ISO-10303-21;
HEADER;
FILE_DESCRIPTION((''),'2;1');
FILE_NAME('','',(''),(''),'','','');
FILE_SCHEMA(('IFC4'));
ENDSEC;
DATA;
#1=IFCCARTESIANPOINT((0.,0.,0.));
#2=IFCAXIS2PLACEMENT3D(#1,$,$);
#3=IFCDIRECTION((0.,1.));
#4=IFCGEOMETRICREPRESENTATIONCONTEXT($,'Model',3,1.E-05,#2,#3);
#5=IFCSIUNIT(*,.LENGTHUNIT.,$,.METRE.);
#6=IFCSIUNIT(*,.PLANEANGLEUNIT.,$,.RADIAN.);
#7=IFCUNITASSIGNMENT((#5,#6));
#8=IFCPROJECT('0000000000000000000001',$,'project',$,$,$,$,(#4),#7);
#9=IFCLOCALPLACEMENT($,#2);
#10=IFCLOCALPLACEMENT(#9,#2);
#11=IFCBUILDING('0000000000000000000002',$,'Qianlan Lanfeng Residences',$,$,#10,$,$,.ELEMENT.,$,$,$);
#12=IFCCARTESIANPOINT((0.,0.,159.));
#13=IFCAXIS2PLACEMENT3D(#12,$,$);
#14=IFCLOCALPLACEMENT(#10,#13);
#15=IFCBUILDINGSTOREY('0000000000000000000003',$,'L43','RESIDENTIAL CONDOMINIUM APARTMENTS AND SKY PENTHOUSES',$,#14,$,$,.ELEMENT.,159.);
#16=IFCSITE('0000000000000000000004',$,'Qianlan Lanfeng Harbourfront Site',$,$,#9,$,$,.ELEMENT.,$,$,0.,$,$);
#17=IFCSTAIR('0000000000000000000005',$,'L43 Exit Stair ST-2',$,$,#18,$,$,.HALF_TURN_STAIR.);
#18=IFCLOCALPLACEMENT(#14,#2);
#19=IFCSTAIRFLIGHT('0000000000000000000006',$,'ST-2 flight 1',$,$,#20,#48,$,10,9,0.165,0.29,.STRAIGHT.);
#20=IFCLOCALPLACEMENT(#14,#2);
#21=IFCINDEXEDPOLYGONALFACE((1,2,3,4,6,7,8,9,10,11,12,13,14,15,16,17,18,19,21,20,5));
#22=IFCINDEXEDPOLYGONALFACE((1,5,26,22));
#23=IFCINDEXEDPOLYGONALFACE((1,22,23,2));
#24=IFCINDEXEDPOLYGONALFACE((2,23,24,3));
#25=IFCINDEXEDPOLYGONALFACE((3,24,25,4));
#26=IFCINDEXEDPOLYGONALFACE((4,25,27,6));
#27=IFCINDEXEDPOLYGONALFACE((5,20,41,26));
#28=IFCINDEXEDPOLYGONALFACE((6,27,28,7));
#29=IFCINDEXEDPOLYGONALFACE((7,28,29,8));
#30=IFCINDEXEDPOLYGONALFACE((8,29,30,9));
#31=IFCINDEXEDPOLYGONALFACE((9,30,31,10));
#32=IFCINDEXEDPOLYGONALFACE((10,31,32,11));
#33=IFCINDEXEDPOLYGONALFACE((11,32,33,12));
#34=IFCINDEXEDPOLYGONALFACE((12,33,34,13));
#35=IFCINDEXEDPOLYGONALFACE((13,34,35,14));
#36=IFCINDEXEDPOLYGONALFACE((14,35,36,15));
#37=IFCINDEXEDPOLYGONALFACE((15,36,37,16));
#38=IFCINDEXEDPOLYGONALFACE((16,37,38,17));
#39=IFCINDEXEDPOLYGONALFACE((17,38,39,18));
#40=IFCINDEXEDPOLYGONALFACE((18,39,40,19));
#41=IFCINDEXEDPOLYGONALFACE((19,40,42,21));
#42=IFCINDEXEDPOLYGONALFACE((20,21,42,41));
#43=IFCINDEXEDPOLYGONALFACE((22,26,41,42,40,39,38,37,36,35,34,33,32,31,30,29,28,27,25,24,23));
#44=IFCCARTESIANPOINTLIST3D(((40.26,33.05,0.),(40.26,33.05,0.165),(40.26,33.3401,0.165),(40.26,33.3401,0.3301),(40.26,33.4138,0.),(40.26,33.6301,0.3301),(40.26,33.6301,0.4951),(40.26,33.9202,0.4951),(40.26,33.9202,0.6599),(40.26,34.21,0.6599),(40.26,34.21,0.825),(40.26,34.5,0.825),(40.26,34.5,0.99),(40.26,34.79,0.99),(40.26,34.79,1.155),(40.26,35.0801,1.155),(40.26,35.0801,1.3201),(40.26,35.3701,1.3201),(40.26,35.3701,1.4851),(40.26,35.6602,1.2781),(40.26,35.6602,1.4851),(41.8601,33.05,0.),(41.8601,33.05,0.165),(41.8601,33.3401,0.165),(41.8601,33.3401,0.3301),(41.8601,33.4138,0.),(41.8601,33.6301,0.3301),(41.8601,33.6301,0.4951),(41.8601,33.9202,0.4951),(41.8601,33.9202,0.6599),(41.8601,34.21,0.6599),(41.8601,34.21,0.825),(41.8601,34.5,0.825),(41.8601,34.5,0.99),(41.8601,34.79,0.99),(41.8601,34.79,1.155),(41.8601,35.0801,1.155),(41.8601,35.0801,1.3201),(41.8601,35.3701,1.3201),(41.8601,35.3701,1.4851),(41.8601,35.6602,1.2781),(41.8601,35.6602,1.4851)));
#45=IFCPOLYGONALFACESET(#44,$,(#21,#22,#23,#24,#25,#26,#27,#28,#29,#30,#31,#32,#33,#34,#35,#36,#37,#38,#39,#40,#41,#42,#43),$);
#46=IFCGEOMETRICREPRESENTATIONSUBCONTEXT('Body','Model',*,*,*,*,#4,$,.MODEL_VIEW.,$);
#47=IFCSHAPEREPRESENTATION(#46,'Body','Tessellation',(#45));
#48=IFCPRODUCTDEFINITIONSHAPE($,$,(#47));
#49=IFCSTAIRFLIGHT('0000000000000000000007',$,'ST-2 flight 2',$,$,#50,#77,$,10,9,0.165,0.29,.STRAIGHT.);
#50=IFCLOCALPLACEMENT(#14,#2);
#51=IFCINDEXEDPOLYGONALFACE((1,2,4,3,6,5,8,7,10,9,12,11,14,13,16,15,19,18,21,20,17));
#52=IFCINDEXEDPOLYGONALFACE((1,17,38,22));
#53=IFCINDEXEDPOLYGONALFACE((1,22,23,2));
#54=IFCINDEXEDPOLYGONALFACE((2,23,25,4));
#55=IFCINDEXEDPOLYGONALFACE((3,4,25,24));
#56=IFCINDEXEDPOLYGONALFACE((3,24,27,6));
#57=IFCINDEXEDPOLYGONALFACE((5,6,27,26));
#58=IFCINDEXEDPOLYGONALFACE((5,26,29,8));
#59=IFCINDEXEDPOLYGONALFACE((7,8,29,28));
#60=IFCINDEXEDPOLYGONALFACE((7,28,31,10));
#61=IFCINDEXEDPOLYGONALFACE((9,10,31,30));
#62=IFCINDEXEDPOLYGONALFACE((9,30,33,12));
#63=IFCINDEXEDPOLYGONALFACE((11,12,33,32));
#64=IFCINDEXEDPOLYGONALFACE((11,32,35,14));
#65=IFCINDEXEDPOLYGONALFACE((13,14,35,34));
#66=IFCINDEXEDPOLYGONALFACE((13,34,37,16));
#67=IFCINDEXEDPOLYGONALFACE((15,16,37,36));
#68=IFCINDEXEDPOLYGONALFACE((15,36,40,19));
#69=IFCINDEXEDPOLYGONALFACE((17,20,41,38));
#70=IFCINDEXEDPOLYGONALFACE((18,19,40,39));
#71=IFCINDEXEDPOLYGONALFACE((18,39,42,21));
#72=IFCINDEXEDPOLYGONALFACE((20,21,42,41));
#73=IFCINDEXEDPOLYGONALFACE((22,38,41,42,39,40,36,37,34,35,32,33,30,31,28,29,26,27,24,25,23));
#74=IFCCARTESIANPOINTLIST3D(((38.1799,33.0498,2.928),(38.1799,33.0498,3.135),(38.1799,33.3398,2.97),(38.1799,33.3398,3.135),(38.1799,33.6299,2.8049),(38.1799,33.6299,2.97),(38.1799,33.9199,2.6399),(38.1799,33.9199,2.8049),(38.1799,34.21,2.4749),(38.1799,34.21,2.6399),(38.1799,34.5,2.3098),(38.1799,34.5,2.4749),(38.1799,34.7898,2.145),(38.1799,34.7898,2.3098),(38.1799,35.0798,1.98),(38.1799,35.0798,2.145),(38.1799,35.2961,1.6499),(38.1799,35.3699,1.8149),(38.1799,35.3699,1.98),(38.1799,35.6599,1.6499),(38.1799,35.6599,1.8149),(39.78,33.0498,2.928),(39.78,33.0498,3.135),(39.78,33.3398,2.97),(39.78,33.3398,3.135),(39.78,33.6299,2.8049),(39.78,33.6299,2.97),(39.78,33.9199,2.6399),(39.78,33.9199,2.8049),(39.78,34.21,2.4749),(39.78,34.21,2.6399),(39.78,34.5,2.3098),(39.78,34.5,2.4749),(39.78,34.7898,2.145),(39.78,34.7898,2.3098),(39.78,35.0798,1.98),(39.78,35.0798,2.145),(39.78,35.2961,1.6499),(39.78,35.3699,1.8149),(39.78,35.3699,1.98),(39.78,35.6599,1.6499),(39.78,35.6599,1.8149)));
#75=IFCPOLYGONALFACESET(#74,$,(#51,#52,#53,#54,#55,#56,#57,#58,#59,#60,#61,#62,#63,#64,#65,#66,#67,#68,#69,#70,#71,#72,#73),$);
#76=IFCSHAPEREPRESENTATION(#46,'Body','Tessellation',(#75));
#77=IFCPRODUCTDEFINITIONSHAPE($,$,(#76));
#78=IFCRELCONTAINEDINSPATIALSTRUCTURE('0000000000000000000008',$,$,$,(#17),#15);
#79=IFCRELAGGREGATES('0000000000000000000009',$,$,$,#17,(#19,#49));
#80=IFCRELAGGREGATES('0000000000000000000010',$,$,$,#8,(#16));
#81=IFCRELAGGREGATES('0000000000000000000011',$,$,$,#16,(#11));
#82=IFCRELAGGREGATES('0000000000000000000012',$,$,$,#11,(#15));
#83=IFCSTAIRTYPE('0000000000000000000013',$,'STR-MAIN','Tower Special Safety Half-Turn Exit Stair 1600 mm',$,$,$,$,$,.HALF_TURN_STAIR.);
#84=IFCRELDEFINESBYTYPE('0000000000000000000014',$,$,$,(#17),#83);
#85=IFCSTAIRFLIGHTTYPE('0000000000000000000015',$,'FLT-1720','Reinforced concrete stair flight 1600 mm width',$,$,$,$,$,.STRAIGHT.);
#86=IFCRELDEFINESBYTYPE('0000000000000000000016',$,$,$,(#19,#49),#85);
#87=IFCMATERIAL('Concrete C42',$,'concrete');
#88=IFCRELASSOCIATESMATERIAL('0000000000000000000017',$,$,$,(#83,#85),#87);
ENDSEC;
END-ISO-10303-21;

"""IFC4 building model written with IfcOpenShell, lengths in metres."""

from ifc_helpers import new_model, si_unit, direction, frame, origin, place, context, subcontext, project, spatial, polyline, outline, extrude, material, type_object, element, aggregate, save


model = new_model("IFC4")

# Units and contexts
model_context = context("Model", 3, precision=1e-05, world=origin(), true_north=direction((0.0, 1.0)))
body_context = subcontext(model_context, "Body", "Model", "MODEL_VIEW")
ifc_project = project(units=[si_unit("LENGTHUNIT", "METRE"), si_unit("PLANEANGLEUNIT", "RADIAN")], contexts=[model_context])

# Site, building, storey
site_placement = place(None, origin())
site = spatial("IfcSite", under=ifc_project, at=site_placement, Name="Qianlan Lanfeng Harbourfront Site", CompositionType="ELEMENT", RefElevation=0.0)
building_placement = place(site_placement, origin())
building = spatial("IfcBuilding", under=site, at=building_placement, Name="Qianlan Lanfeng Residences", CompositionType="ELEMENT")
storey_placement = place(building_placement, frame((0.0, 0.0, 159.0)))
storey = spatial("IfcBuildingStorey", under=building, at=storey_placement, Name="L43", Description="RESIDENTIAL CONDOMINIUM APARTMENTS AND SKY PENTHOUSES", CompositionType="ELEMENT", Elevation=159.0)

# Shared definitions
ifc_material_1 = material(Name="Concrete C42", Category="concrete")

# Stair, stair flights
stair_type = type_object("IfcStairType", Name="STR-MAIN", Description="Tower Special Safety Half-Turn Exit Stair 1600 mm", PredefinedType="HALF_TURN_STAIR", material=ifc_material_1)
stair_placement = place(storey_placement, origin())
stair = element("IfcStair", 1, at=stair_placement, inside=storey, type_object=stair_type, Name="L43 Exit Stair ST-2", PredefinedType="HALF_TURN_STAIR")
stair_flight_type = type_object("IfcStairFlightType", Name="FLT-1720", Description="Reinforced concrete stair flight 1600 mm width", PredefinedType="STRAIGHT", material=ifc_material_1)
stair_flight_1_placement = place(storey_placement, frame((41.0601, 33.05, 0.0), z_axis=(0.0, 0.0, 1.0), x_axis=(0.0, 1.0, 0.0)))
stair_flight_1 = element("IfcStairFlight", 2, at=stair_flight_1_placement, type_object=stair_flight_type, Name="ST-2 flight 1", NumberOfRisers=10, NumberOfTreads=9, PredefinedType="STRAIGHT", RiserHeight=0.165, TreadLength=0.29, context=body_context, shape_type="SweptSolid", body=[
    extrude(outline(polyline([(0.0, 0.0), (0.0, 0.165), (0.29, 0.165), (0.29, 0.3301), (0.5801, 0.3301), (0.5801, 0.4951), (0.8701, 0.4951), (0.8701, 0.6599), (1.1599, 0.6599), (1.1599, 0.825), (1.45, 0.825), (1.45, 0.99), (1.74, 0.99), (1.74, 1.155), (2.03, 1.155), (2.03, 1.3201), (2.3201, 1.3201), (2.3201, 1.4851), (2.6101, 1.4851), (2.6101, 1.6499), (2.6101, 1.2781), (0.3638, 0.0), (0.0, 0.0)])), frame((0.0, 0.8, 0.0), z_axis=(0.0, -1.0, 0.0), x_axis=(1.0, 0.0, 0.0)), (0.0, 0.0, 1.0), 1.6001),
])
stair_flight_2_placement = place(storey_placement, frame((38.98, 35.6599, 1.6499), z_axis=(0.0, 0.0, 1.0), x_axis=(0.0, -1.0, 0.0)))
stair_flight_2 = element("IfcStairFlight", 3, at=stair_flight_2_placement, type_object=stair_flight_type, Name="ST-2 flight 2", NumberOfRisers=10, NumberOfTreads=9, PredefinedType="STRAIGHT", RiserHeight=0.165, TreadLength=0.29, context=body_context, shape_type="SweptSolid", body=[
    extrude(outline(polyline([(0.0, 0.0), (0.0, 0.165), (0.29, 0.165), (0.29, 0.3301), (0.5801, 0.3301), (0.5801, 0.4951), (0.8701, 0.4951), (0.8701, 0.6599), (1.1599, 0.6599), (1.1599, 0.825), (1.45, 0.825), (1.45, 0.99), (1.74, 0.99), (1.74, 1.155), (2.03, 1.155), (2.03, 1.3201), (2.3201, 1.3201), (2.3201, 1.4851), (2.6101, 1.4851), (2.6101, 1.6499), (2.6101, 1.2781), (0.3638, 0.0), (0.0, 0.0)])), frame((0.0, 0.8, 0.0), z_axis=(0.0, -1.0, 0.0), x_axis=(1.0, 0.0, 0.0)), (0.0, 0.0, 1.0), 1.6001),
])
aggregate(stair, [stair_flight_1, stair_flight_2])

save(model, "model.ifc")
